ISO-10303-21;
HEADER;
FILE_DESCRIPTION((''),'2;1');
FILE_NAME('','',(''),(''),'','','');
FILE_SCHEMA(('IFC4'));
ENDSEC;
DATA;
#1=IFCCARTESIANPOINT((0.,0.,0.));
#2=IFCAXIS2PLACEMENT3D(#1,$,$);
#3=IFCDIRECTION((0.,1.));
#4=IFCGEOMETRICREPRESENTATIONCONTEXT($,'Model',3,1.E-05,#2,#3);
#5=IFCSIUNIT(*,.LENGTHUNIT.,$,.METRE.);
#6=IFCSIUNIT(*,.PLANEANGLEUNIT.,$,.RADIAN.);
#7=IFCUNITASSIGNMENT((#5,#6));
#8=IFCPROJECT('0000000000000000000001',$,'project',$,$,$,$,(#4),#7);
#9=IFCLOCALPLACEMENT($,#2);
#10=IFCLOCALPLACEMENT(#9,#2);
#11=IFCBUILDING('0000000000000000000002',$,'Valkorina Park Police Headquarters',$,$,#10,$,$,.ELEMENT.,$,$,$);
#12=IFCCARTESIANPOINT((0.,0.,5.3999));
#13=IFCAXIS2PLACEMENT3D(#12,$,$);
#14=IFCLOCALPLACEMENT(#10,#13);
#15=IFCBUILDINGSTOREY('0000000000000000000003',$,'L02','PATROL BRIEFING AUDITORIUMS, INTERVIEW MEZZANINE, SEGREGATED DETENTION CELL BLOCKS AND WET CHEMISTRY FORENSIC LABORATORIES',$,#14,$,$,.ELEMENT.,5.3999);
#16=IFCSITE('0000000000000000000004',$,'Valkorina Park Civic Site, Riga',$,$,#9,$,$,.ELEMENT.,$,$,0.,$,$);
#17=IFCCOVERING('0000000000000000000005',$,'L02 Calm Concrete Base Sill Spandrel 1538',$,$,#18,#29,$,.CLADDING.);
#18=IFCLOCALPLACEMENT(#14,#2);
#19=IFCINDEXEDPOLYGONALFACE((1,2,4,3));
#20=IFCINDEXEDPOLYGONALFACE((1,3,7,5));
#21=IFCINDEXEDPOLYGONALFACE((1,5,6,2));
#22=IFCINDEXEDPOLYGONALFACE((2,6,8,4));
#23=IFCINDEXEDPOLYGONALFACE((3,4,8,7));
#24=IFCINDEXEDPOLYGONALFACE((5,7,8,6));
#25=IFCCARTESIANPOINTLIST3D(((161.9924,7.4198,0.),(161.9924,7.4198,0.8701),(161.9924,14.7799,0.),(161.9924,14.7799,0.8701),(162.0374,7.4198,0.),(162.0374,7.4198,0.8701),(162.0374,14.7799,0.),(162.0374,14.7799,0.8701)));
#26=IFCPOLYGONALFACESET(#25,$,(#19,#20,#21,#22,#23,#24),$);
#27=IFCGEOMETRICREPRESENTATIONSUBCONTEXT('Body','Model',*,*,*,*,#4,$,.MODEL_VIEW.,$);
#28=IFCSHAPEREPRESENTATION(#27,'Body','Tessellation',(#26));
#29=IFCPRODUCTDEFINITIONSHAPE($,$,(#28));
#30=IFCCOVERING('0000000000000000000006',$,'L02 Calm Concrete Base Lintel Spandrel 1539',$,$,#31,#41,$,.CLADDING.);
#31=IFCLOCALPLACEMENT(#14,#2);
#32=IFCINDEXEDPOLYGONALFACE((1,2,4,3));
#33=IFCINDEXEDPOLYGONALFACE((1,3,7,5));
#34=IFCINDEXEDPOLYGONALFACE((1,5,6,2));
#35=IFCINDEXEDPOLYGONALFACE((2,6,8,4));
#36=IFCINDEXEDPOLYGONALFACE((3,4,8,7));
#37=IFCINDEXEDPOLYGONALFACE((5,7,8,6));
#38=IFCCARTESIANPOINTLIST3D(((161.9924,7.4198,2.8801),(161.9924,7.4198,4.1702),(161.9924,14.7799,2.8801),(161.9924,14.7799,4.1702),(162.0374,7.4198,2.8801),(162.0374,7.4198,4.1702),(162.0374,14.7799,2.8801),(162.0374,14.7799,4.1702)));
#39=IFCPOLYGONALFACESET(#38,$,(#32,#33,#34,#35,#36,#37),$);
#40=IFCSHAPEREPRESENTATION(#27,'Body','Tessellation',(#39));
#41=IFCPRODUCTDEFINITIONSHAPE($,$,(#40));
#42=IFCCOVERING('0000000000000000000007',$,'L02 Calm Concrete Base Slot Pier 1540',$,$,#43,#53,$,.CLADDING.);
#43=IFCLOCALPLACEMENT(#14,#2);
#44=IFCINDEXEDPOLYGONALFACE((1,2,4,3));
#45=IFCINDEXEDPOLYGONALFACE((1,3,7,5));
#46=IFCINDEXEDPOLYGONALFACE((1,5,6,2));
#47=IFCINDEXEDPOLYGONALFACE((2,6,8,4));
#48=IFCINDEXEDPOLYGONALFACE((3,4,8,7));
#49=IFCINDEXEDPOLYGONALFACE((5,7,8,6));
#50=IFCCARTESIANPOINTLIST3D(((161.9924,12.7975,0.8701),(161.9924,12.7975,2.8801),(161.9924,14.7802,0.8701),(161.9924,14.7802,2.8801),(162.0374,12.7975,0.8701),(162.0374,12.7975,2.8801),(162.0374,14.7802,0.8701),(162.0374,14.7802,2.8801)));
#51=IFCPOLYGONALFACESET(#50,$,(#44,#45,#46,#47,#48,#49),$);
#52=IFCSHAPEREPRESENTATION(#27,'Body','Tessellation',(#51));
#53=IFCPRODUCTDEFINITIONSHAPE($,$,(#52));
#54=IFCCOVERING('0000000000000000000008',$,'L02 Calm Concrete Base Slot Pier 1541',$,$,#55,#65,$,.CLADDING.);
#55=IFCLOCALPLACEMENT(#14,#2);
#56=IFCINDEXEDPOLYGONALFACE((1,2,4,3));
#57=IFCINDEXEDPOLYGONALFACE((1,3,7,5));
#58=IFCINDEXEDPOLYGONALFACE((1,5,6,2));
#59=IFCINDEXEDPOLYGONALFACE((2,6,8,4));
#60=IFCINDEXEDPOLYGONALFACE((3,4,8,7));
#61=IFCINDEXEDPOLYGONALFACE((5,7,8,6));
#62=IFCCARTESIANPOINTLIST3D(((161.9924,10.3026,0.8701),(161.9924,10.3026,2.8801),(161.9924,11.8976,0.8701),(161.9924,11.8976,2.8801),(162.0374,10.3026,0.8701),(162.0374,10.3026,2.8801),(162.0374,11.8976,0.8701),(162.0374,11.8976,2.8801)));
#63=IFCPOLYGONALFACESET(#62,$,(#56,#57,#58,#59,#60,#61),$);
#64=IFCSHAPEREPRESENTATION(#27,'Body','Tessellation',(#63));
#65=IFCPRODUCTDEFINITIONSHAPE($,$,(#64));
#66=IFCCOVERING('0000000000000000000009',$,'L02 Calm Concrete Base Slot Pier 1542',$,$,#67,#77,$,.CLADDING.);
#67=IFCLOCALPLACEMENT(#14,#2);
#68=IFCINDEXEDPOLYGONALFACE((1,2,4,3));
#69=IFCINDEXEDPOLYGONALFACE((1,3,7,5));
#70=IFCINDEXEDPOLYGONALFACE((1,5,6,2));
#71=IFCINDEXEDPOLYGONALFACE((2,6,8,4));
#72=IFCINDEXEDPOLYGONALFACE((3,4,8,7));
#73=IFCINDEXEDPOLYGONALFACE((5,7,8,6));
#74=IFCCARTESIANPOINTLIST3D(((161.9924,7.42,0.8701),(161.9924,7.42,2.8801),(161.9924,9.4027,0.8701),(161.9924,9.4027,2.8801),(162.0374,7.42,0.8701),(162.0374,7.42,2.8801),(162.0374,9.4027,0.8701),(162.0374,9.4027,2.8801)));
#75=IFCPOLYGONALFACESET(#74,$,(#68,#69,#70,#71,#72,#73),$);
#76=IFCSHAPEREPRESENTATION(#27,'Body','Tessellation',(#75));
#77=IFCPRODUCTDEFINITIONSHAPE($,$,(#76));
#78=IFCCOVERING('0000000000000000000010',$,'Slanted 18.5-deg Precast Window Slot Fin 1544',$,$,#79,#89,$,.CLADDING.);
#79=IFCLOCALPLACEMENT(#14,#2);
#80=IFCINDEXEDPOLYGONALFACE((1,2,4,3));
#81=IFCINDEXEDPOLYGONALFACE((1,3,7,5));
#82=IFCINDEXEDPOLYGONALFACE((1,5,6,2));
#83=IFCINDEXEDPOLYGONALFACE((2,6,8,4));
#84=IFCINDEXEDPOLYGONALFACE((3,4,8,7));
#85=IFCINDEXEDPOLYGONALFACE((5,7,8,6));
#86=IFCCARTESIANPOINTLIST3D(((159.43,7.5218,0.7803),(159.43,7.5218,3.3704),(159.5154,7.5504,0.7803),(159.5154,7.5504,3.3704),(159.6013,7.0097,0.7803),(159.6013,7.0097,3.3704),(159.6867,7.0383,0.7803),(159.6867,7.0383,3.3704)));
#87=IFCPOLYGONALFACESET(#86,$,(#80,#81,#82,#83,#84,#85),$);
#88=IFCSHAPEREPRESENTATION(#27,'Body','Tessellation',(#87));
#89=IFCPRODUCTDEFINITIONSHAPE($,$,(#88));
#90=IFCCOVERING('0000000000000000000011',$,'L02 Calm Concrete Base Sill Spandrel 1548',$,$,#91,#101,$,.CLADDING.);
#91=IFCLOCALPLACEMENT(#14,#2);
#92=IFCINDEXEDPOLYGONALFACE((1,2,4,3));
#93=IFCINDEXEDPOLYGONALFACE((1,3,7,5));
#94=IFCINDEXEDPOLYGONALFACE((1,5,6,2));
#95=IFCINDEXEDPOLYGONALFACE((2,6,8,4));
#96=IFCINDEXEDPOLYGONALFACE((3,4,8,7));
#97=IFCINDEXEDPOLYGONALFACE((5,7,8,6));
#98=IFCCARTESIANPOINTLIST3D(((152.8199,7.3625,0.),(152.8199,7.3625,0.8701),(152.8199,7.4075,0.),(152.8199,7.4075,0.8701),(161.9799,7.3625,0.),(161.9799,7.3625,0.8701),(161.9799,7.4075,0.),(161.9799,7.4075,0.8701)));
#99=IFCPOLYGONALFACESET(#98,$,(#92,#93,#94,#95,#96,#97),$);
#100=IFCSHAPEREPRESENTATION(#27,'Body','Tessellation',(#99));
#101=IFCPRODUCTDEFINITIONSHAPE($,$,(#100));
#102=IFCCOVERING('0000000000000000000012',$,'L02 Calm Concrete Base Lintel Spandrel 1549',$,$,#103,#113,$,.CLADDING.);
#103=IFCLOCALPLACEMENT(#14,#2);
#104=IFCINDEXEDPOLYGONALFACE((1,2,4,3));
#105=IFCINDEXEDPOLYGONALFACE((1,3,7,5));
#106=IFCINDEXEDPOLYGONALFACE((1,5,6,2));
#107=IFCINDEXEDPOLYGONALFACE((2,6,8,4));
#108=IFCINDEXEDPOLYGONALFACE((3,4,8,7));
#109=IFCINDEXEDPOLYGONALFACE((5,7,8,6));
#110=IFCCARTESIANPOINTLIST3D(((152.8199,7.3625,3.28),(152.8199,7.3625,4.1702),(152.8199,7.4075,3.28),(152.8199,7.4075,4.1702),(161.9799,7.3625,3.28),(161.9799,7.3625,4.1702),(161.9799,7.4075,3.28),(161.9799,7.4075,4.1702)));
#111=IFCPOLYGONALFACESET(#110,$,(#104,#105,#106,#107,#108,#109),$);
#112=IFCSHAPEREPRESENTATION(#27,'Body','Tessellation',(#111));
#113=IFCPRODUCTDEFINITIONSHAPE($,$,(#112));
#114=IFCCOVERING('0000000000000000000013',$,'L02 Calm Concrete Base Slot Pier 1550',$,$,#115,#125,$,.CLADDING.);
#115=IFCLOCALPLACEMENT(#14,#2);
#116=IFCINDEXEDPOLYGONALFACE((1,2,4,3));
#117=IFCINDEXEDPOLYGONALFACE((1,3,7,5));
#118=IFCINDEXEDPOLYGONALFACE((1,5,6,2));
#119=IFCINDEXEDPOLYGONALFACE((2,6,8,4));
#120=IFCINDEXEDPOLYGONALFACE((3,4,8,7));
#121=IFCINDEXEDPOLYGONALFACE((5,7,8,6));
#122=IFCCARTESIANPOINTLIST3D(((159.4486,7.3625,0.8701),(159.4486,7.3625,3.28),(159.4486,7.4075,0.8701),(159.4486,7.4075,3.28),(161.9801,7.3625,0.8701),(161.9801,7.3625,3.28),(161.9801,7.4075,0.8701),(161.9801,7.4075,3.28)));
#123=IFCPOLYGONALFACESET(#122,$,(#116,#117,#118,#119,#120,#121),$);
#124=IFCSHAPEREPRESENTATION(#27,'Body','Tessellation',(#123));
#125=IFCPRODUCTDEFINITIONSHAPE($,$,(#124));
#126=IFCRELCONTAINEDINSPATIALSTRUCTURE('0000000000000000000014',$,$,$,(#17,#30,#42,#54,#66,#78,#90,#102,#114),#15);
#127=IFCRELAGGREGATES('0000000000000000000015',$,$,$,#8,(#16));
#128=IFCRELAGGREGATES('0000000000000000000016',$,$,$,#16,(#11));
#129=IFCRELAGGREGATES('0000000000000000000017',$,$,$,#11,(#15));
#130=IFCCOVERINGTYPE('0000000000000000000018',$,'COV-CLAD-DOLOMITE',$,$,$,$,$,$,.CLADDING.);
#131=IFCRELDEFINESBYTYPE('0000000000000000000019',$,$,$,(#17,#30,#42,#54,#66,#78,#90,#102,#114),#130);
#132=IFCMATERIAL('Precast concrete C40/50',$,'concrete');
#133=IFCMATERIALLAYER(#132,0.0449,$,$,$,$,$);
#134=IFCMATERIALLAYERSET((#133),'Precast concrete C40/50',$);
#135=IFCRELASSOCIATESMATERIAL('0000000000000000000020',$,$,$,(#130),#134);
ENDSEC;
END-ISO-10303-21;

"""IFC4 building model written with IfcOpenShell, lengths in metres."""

from ifc_helpers import new_model, si_unit, direction, frame, frame_2d, origin, origin_2d, place, context, subcontext, project, spatial, rectangle, extrude, material, layer, layer_set, type_object, element, save


model = new_model("IFC4")

# Units and contexts
model_context = context("Model", 3, precision=1e-05, world=origin(), true_north=direction((0.0, 1.0)))
body_context = subcontext(model_context, "Body", "Model", "MODEL_VIEW")
ifc_project = project(units=[si_unit("LENGTHUNIT", "METRE"), si_unit("PLANEANGLEUNIT", "RADIAN")], contexts=[model_context])

# Site, building, storey
site_placement = place(None, origin())
site = spatial("IfcSite", under=ifc_project, at=site_placement, Name="Valkorina Park Civic Site, Riga", CompositionType="ELEMENT", RefElevation=0.0)
building_placement = place(site_placement, origin())
building = spatial("IfcBuilding", under=site, at=building_placement, Name="Valkorina Park Police Headquarters", CompositionType="ELEMENT")
storey_placement = place(building_placement, frame((0.0, 0.0, 5.3999)))
storey = spatial("IfcBuildingStorey", under=building, at=storey_placement, Name="L02", Description="PATROL BRIEFING AUDITORIUMS, INTERVIEW MEZZANINE, SEGREGATED DETENTION CELL BLOCKS AND WET CHEMISTRY FORENSIC LABORATORIES", CompositionType="ELEMENT", Elevation=5.3999)

# Shared definitions
ifc_material_1 = material(Name="Precast concrete C40/50", Category="concrete")

# Coverings
ifc_layer_1 = layer(ifc_material_1, 0.0449)
ifc_layer_set_1 = layer_set([ifc_layer_1], Name="Precast concrete C40/50")
covering_type = type_object("IfcCoveringType", Name="COV-CLAD-DOLOMITE", PredefinedType="CLADDING", material=ifc_layer_set_1)
covering_1_placement = place(storey_placement, frame((162.0149, 14.78, 0.0), z_axis=(0.0, 0.0, 1.0), x_axis=(0.0, -1.0, 0.0)))
element("IfcCovering", 1, at=covering_1_placement, inside=storey, type_object=covering_type, Name="L02 Calm Concrete Base Sill Spandrel 1538", PredefinedType="CLADDING", context=body_context, shape_type="SweptSolid", body=[
    extrude(rectangle(XDim=7.3601, YDim=0.0449, at=frame_2d((3.6802, 0.0))), origin(), (0.0, 0.0, 1.0), 0.8701),
])
covering_2_placement = place(storey_placement, frame((162.0149, 14.78, 2.8801), z_axis=(0.0, 0.0, 1.0), x_axis=(0.0, -1.0, 0.0)))
element("IfcCovering", 2, at=covering_2_placement, inside=storey, type_object=covering_type, Name="L02 Calm Concrete Base Lintel Spandrel 1539", PredefinedType="CLADDING", context=body_context, shape_type="SweptSolid", body=[
    extrude(rectangle(XDim=7.3601, YDim=0.0449, at=frame_2d((3.6802, 0.0))), origin(), (0.0, 0.0, 1.0), 1.29),
])
covering_3_placement = place(storey_placement, frame((162.0149, 14.78, 0.8701), z_axis=(0.0, 0.0, 1.0), x_axis=(0.0, -1.0, 0.0)))
element("IfcCovering", 3, at=covering_3_placement, inside=storey, type_object=covering_type, Name="L02 Calm Concrete Base Slot Pier 1540", PredefinedType="CLADDING", context=body_context, shape_type="SweptSolid", body=[
    extrude(rectangle(XDim=1.9827, YDim=0.0449, at=frame_2d((0.9912, 0.0))), origin(), (0.0, 0.0, 1.0), 2.01),
])
covering_4_placement = place(storey_placement, frame((162.0149, 11.8975, 0.8701), z_axis=(0.0, 0.0, 1.0), x_axis=(0.0, -1.0, 0.0)))
element("IfcCovering", 4, at=covering_4_placement, inside=storey, type_object=covering_type, Name="L02 Calm Concrete Base Slot Pier 1541", PredefinedType="CLADDING", context=body_context, shape_type="SweptSolid", body=[
    extrude(rectangle(XDim=1.595, YDim=0.0449, at=frame_2d((0.7974, 0.0))), origin(), (0.0, 0.0, 1.0), 2.01),
])
covering_5_placement = place(storey_placement, frame((162.0149, 9.4026, 0.8701), z_axis=(0.0, 0.0, 1.0), x_axis=(0.0, -1.0, 0.0)))
element("IfcCovering", 5, at=covering_5_placement, inside=storey, type_object=covering_type, Name="L02 Calm Concrete Base Slot Pier 1542", PredefinedType="CLADDING", context=body_context, shape_type="SweptSolid", body=[
    extrude(rectangle(XDim=1.9827, YDim=0.0449, at=frame_2d((0.9912, 0.0))), origin(), (0.0, 0.0, 1.0), 2.01),
])
covering_6_placement = place(storey_placement, frame((159.5583, 7.28, 0.7803), z_axis=(0.0, 0.0, 1.0), x_axis=(0.317305, -0.948324, 0.0)))
element("IfcCovering", 6, at=covering_6_placement, inside=storey, type_object=covering_type, Name="Slanted 18.5-deg Precast Window Slot Fin 1544", PredefinedType="CLADDING", context=body_context, shape_type="SweptSolid", body=[
    extrude(rectangle(XDim=0.54, YDim=0.0901, at=origin_2d()), origin(), (0.0, 0.0, 1.0), 2.5901),
])
covering_7_placement = place(storey_placement, frame((161.98, 7.385, 0.0), z_axis=(0.0, 0.0, 1.0), x_axis=(-1.0, 0.0, 0.0)))
element("IfcCovering", 7, at=covering_7_placement, inside=storey, type_object=covering_type, Name="L02 Calm Concrete Base Sill Spandrel 1548", PredefinedType="CLADDING", context=body_context, shape_type="SweptSolid", body=[
    extrude(rectangle(XDim=9.1599, YDim=0.0449, at=frame_2d((4.5801, 0.0))), origin(), (0.0, 0.0, 1.0), 0.8701),
])
covering_8_placement = place(storey_placement, frame((161.98, 7.385, 3.28), z_axis=(0.0, 0.0, 1.0), x_axis=(-1.0, 0.0, 0.0)))
element("IfcCovering", 8, at=covering_8_placement, inside=storey, type_object=covering_type, Name="L02 Calm Concrete Base Lintel Spandrel 1549", PredefinedType="CLADDING", context=body_context, shape_type="SweptSolid", body=[
    extrude(rectangle(XDim=9.1599, YDim=0.0449, at=frame_2d((4.5801, 0.0))), origin(), (0.0, 0.0, 1.0), 0.8901),
])
covering_9_placement = place(storey_placement, frame((161.98, 7.385, 0.8701), z_axis=(0.0, 0.0, 1.0), x_axis=(-1.0, 0.0, 0.0)))
element("IfcCovering", 9, at=covering_9_placement, inside=storey, type_object=covering_type, Name="L02 Calm Concrete Base Slot Pier 1550", PredefinedType="CLADDING", context=body_context, shape_type="SweptSolid", body=[
    extrude(rectangle(XDim=2.5315, YDim=0.0449, at=frame_2d((1.2656, 0.0))), origin(), (0.0, 0.0, 1.0), 2.4099),
])

save(model, "model.ifc")
